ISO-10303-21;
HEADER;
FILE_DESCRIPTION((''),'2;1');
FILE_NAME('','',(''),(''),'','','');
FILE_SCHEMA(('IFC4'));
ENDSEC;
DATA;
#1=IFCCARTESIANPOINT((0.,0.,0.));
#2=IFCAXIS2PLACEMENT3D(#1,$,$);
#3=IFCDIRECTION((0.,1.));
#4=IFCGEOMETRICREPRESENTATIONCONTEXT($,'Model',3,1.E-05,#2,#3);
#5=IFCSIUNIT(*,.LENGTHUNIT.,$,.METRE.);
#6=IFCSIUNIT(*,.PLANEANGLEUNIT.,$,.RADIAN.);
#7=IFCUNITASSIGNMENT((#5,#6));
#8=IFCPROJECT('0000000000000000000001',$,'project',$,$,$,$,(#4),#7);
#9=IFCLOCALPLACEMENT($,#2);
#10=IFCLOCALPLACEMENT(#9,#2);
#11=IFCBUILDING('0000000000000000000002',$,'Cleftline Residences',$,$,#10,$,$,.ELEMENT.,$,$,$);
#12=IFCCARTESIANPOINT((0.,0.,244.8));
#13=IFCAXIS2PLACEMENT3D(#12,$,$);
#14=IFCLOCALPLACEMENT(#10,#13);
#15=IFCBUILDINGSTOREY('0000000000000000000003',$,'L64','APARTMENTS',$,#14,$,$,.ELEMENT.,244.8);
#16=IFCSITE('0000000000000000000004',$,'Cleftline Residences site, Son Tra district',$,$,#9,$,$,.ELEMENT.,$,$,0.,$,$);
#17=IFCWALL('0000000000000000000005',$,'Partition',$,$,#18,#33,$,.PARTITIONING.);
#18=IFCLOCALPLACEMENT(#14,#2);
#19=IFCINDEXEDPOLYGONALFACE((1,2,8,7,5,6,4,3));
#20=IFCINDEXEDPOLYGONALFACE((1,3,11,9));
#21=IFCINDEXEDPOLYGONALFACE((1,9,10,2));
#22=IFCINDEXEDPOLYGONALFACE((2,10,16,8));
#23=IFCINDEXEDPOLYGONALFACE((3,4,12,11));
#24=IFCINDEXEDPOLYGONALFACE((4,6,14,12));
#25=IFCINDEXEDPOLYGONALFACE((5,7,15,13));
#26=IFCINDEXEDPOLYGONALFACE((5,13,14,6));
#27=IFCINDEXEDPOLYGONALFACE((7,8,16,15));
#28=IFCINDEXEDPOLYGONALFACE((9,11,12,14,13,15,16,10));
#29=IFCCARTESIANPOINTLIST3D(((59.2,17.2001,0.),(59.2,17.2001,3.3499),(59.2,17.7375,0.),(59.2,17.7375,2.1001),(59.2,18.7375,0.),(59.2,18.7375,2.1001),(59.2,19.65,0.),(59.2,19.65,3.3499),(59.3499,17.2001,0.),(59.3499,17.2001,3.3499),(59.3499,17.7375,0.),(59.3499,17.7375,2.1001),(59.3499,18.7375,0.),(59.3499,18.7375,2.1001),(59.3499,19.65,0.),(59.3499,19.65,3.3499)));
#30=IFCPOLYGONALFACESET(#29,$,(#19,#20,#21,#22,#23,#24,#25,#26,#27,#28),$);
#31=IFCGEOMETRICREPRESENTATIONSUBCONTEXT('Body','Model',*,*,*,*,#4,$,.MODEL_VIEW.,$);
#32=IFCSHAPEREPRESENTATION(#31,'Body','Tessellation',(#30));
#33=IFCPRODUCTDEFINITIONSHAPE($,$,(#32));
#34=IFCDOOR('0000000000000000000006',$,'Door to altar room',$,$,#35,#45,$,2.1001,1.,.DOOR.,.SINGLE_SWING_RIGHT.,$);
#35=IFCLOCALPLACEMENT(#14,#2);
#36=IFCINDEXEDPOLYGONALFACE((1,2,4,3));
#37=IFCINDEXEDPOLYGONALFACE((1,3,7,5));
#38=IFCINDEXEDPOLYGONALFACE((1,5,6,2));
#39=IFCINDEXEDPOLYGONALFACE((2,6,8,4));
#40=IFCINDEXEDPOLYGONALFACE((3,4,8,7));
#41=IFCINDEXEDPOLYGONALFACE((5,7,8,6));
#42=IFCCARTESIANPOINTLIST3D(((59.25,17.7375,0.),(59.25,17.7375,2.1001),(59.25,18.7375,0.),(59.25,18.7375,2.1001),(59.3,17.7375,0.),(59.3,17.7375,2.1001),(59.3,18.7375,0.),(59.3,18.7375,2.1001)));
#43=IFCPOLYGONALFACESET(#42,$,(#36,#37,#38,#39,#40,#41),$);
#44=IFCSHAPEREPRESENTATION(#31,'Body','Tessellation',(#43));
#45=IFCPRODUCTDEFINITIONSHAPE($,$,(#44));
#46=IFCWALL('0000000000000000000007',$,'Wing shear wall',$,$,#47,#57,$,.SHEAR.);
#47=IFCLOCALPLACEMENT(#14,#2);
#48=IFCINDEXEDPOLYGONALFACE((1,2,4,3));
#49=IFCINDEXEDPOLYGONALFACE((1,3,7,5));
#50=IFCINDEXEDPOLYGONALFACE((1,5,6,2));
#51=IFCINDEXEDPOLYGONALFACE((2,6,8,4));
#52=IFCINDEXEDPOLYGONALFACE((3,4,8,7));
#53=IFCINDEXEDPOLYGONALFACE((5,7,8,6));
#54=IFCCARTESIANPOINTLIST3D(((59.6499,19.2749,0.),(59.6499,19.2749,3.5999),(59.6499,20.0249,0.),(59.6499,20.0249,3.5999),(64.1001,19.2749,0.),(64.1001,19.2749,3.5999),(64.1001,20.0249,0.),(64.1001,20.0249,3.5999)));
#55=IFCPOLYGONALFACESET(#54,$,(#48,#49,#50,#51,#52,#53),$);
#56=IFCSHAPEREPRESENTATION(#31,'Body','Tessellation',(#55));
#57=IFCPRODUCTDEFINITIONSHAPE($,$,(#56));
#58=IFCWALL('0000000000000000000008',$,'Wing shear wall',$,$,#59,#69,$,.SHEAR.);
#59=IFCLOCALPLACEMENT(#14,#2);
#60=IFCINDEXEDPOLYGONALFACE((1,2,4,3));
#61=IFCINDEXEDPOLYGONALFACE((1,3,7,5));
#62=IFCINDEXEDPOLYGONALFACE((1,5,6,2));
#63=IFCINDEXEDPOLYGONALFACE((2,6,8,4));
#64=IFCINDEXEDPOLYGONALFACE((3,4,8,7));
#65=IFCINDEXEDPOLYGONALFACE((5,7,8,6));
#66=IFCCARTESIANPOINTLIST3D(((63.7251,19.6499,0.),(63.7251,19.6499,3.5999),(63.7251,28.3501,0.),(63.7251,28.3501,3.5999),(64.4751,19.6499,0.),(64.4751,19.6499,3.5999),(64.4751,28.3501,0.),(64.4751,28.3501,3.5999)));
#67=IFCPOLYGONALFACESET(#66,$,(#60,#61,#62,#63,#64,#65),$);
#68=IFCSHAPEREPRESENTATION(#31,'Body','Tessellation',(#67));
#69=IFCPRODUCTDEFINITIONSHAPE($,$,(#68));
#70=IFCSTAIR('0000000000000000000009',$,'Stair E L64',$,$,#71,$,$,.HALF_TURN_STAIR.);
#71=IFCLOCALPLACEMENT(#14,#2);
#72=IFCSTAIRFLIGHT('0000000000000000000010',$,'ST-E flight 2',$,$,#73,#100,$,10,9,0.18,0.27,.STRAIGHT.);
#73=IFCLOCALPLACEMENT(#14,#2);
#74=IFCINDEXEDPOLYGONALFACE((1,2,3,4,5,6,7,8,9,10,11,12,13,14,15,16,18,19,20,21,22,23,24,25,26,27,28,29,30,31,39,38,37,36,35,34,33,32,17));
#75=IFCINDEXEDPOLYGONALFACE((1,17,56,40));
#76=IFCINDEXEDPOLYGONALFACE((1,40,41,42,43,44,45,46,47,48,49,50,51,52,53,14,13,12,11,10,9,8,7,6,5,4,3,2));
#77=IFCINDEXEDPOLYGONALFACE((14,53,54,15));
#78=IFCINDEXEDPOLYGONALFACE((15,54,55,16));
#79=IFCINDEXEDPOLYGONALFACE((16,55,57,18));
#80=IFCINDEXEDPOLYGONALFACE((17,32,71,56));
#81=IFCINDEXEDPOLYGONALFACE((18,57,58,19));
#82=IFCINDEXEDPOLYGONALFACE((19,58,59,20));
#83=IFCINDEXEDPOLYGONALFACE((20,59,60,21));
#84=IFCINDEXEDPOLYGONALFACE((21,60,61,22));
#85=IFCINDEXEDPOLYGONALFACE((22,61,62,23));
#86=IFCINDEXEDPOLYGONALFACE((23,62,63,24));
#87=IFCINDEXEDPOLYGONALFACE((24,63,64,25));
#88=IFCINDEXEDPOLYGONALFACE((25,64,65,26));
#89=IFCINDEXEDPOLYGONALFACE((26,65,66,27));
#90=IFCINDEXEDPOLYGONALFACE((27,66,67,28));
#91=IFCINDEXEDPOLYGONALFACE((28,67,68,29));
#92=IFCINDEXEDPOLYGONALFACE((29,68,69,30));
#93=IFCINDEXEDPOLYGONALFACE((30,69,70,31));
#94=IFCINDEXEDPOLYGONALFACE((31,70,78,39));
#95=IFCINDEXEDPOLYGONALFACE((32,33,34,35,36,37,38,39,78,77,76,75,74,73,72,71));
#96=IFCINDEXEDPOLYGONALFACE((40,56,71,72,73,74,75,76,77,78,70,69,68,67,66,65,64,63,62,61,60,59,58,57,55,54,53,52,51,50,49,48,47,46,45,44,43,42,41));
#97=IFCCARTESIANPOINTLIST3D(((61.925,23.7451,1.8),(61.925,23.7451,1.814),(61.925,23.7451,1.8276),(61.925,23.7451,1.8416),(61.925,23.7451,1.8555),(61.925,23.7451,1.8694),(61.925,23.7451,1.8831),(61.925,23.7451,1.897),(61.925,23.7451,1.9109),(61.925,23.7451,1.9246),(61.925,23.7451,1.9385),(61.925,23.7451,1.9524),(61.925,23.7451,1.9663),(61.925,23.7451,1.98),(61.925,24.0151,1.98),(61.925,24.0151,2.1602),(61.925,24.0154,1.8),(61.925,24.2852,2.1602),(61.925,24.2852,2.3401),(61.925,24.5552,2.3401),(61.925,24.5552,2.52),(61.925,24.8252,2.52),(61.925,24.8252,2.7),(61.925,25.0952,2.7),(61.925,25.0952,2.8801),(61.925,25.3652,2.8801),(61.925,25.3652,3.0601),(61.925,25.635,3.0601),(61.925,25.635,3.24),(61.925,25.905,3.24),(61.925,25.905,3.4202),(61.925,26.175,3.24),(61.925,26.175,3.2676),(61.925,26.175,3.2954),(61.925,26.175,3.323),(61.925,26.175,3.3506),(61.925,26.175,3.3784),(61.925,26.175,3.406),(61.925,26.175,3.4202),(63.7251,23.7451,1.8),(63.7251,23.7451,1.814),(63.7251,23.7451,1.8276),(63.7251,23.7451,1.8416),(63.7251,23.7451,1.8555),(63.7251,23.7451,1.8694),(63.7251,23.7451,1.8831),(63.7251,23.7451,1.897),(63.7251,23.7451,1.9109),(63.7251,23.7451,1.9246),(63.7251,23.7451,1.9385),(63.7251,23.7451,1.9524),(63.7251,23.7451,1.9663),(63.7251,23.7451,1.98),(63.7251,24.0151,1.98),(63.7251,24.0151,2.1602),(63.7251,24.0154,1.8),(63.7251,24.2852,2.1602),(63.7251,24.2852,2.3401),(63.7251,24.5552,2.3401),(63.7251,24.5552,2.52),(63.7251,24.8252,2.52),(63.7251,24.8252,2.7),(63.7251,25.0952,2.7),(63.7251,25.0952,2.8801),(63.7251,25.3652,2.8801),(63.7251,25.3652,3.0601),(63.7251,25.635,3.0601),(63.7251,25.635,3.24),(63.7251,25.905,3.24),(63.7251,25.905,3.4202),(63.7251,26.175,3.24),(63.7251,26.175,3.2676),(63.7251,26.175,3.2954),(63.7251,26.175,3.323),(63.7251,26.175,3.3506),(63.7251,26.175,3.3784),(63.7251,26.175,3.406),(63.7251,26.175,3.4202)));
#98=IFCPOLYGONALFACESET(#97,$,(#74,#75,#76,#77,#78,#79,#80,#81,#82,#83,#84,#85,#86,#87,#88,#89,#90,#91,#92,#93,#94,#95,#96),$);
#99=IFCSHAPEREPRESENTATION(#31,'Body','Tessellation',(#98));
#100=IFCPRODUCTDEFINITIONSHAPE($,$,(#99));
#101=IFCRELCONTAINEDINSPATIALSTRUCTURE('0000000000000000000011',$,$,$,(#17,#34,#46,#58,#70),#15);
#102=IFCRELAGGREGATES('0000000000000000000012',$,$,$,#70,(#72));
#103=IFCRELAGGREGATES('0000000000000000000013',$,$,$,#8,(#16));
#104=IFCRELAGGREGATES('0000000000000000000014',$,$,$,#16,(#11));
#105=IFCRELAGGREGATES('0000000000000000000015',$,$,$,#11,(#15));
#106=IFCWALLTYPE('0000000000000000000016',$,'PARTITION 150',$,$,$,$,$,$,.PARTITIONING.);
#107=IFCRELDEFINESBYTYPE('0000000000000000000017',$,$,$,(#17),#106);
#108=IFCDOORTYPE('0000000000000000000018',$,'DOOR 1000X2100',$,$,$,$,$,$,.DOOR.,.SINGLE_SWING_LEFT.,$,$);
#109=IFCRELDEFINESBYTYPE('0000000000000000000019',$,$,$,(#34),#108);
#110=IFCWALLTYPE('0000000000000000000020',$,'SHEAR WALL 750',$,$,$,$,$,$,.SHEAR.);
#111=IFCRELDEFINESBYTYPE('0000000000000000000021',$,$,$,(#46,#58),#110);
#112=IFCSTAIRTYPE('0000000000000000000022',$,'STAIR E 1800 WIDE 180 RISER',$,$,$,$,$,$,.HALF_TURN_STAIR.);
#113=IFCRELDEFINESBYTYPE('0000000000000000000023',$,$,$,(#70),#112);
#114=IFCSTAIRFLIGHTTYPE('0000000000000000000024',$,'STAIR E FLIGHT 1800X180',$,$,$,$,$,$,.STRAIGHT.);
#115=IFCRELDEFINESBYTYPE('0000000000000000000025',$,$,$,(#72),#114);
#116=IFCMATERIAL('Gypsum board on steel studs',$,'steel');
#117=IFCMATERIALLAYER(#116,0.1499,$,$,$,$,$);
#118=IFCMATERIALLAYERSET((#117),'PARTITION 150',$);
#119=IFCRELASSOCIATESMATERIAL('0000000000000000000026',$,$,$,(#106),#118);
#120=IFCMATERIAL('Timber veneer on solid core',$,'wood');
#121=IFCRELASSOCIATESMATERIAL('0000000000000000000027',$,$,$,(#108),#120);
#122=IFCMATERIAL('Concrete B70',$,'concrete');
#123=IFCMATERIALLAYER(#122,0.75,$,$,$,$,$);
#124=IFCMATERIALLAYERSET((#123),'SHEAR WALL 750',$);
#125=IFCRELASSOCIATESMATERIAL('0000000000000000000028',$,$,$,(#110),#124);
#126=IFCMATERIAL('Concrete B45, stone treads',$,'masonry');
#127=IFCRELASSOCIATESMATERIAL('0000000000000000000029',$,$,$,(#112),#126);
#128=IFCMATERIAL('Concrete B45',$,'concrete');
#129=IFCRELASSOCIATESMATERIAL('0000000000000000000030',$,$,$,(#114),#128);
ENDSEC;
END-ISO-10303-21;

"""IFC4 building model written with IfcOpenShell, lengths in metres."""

from ifc_helpers import new_model, si_unit, direction, frame, frame_2d, origin, place, context, subcontext, project, spatial, polyline, rectangle, outline, extrude, material, layer, layer_set, type_object, element, fill, aggregate, save


model = new_model("IFC4")

# Units and contexts
model_context = context("Model", 3, precision=1e-05, world=origin(), true_north=direction((0.0, 1.0)))
body_context = subcontext(model_context, "Body", "Model", "MODEL_VIEW")
ifc_project = project(units=[si_unit("LENGTHUNIT", "METRE"), si_unit("PLANEANGLEUNIT", "RADIAN")], contexts=[model_context])

# Site, building, storey
site_placement = place(None, origin())
site = spatial("IfcSite", under=ifc_project, at=site_placement, Name="Cleftline Residences site, Son Tra district", CompositionType="ELEMENT", RefElevation=0.0)
building_placement = place(site_placement, origin())
building = spatial("IfcBuilding", under=site, at=building_placement, Name="Cleftline Residences", CompositionType="ELEMENT")
storey_placement = place(building_placement, frame((0.0, 0.0, 244.8)))
storey = spatial("IfcBuildingStorey", under=building, at=storey_placement, Name="L64", Description="APARTMENTS", CompositionType="ELEMENT", Elevation=244.8)

# Shared definitions
ifc_material_1 = material(Name="Gypsum board on steel studs", Category="steel")
ifc_layer_1 = layer(ifc_material_1, 0.1499)
ifc_layer_set_1 = layer_set([ifc_layer_1], Name="PARTITION 150")
wall_type_1 = type_object("IfcWallType", Name="PARTITION 150", PredefinedType="PARTITIONING", material=ifc_layer_set_1)

# Shared definitions
ifc_material_2 = material(Name="Timber veneer on solid core", Category="wood")
door_type_1 = type_object("IfcDoorType", Name="DOOR 1000X2100", OperationType="SINGLE_SWING_LEFT", PredefinedType="DOOR", material=ifc_material_2)

# Wall, opening, door
wall_1_placement = place(storey_placement, frame((59.2749, 17.2, 0.0), z_axis=(0.0, 0.0, 1.0), x_axis=(0.0, 1.0, 0.0)))
wall_1 = element("IfcWall", 1, at=wall_1_placement, inside=storey, type_object=wall_type_1, Name="Partition", PredefinedType="PARTITIONING", context=body_context, shape_type="SweptSolid", body=[
    extrude(rectangle(XDim=2.45, YDim=0.1499, at=frame_2d((1.2251, 0.0))), origin(), (0.0, 0.0, 1.0), 3.3499),
])
opening_1_placement = place(wall_1_placement, frame((0.5376, 0.0, 0.0)))
opening_1 = element("IfcOpeningElement", 2, at=opening_1_placement, cuts=wall_1, PredefinedType="OPENING", context=body_context, shape_type="SweptSolid", body=[
    extrude(rectangle(XDim=1.0, YDim=2.1001, at=frame_2d((0.5, 1.05))), frame((0.0, 0.085, 0.0), z_axis=(0.0, -1.0, 0.0), x_axis=(1.0, 0.0, 0.0)), (0.0, 0.0, 1.0), 0.1699),
])
door_1_placement = place(opening_1_placement, origin())
door_1 = element("IfcDoor", 3, at=door_1_placement, inside=storey, type_object=door_type_1, Name="Door to altar room", OperationType="SINGLE_SWING_RIGHT", OverallHeight=2.1001, OverallWidth=1.0, PredefinedType="DOOR", context=body_context, shape_type="SweptSolid", body=[
    extrude(rectangle(XDim=1.0, YDim=2.1001, at=frame_2d((0.5, 1.05))), frame((0.0, 0.0249, 0.0), z_axis=(0.0, -1.0, 0.0), x_axis=(1.0, 0.0, 0.0)), (0.0, 0.0, 1.0), 0.05),
])
fill(opening_1, door_1)

# Walls
ifc_material_3 = material(Name="Concrete B70", Category="concrete")
ifc_layer_2 = layer(ifc_material_3, 0.75)
ifc_layer_set_2 = layer_set([ifc_layer_2], Name="SHEAR WALL 750")
wall_type_2 = type_object("IfcWallType", Name="SHEAR WALL 750", PredefinedType="SHEAR", material=ifc_layer_set_2)
wall_2_placement = place(storey_placement, frame((59.6499, 19.6499, 0.0), z_axis=(0.0, 0.0, 1.0), x_axis=(1.0, 0.0, 0.0)))
element("IfcWall", 4, at=wall_2_placement, inside=storey, type_object=wall_type_2, Name="Wing shear wall", PredefinedType="SHEAR", context=body_context, shape_type="SweptSolid", body=[
    extrude(rectangle(XDim=4.4502, YDim=0.75, at=frame_2d((2.2251, 0.0))), origin(), (0.0, 0.0, 1.0), 3.5999),
])
wall_3_placement = place(storey_placement, frame((64.1001, 19.6499, 0.0), z_axis=(0.0, 0.0, 1.0), x_axis=(0.0, 1.0, 0.0)))
element("IfcWall", 5, at=wall_3_placement, inside=storey, type_object=wall_type_2, Name="Wing shear wall", PredefinedType="SHEAR", context=body_context, shape_type="SweptSolid", body=[
    extrude(rectangle(XDim=8.7002, YDim=0.75, at=frame_2d((4.3501, 0.0))), origin(), (0.0, 0.0, 1.0), 3.5999),
])

# Stair, stair flight
ifc_material_4 = material(Name="Concrete B45, stone treads", Category="masonry")
stair_type = type_object("IfcStairType", Name="STAIR E 1800 WIDE 180 RISER", PredefinedType="HALF_TURN_STAIR", material=ifc_material_4)
stair_placement = place(storey_placement, origin())
stair = element("IfcStair", 6, at=stair_placement, inside=storey, type_object=stair_type, Name="Stair E L64", PredefinedType="HALF_TURN_STAIR")
ifc_material_5 = material(Name="Concrete B45", Category="concrete")
stair_flight_type = type_object("IfcStairFlightType", Name="STAIR E FLIGHT 1800X180", PredefinedType="STRAIGHT", material=ifc_material_5)
stair_flight_placement = place(storey_placement, frame((62.825, 23.7451, 1.8), z_axis=(0.0, 0.0, 1.0), x_axis=(0.0, 1.0, 0.0)))
stair_flight = element("IfcStairFlight", 7, at=stair_flight_placement, type_object=stair_flight_type, Name="ST-E flight 2", NumberOfRisers=10, NumberOfTreads=9, PredefinedType="STRAIGHT", RiserHeight=0.18, TreadLength=0.27, context=body_context, shape_type="SweptSolid", body=[
    extrude(outline(polyline([(0.0, 0.0), (0.0, 0.0139), (0.0, 0.0276), (0.0, 0.0415), (0.0, 0.0554), (0.0, 0.0693), (0.0, 0.083), (0.0, 0.0969), (0.0, 0.1108), (0.0, 0.1245), (0.0, 0.1384), (0.0, 0.1523), (0.0, 0.1663), (0.0, 0.1799), (0.27, 0.1799), (0.27, 0.3601), (0.54, 0.3601), (0.54, 0.54), (0.8101, 0.54), (0.8101, 0.72), (1.0801, 0.72), (1.0801, 0.8999), (1.3501, 0.8999), (1.3501, 1.0801), (1.6201, 1.0801), (1.6201, 1.26), (1.8899, 1.26), (1.8899, 1.4399), (2.1599, 1.4399), (2.1599, 1.6201), (2.4299, 1.6201), (2.4299, 1.8), (2.4299, 1.7722), (2.4299, 1.7446), (2.4299, 1.7168), (2.4299, 1.6892), (2.4299, 1.6614), (2.4299, 1.6338), (2.4299, 1.606), (2.4299, 1.5784), (2.4299, 1.5505), (2.4299, 1.5229), (2.4299, 1.4954), (2.4299, 1.4675), (2.4299, 1.4399), (0.2703, 0.0), (0.0, 0.0)])), frame((0.0, 0.8999, 0.0), z_axis=(0.0, -1.0, 0.0), x_axis=(1.0, 0.0, 0.0)), (0.0, 0.0, 1.0), 1.8),
])
aggregate(stair, [stair_flight])

save(model, "model.ifc")
